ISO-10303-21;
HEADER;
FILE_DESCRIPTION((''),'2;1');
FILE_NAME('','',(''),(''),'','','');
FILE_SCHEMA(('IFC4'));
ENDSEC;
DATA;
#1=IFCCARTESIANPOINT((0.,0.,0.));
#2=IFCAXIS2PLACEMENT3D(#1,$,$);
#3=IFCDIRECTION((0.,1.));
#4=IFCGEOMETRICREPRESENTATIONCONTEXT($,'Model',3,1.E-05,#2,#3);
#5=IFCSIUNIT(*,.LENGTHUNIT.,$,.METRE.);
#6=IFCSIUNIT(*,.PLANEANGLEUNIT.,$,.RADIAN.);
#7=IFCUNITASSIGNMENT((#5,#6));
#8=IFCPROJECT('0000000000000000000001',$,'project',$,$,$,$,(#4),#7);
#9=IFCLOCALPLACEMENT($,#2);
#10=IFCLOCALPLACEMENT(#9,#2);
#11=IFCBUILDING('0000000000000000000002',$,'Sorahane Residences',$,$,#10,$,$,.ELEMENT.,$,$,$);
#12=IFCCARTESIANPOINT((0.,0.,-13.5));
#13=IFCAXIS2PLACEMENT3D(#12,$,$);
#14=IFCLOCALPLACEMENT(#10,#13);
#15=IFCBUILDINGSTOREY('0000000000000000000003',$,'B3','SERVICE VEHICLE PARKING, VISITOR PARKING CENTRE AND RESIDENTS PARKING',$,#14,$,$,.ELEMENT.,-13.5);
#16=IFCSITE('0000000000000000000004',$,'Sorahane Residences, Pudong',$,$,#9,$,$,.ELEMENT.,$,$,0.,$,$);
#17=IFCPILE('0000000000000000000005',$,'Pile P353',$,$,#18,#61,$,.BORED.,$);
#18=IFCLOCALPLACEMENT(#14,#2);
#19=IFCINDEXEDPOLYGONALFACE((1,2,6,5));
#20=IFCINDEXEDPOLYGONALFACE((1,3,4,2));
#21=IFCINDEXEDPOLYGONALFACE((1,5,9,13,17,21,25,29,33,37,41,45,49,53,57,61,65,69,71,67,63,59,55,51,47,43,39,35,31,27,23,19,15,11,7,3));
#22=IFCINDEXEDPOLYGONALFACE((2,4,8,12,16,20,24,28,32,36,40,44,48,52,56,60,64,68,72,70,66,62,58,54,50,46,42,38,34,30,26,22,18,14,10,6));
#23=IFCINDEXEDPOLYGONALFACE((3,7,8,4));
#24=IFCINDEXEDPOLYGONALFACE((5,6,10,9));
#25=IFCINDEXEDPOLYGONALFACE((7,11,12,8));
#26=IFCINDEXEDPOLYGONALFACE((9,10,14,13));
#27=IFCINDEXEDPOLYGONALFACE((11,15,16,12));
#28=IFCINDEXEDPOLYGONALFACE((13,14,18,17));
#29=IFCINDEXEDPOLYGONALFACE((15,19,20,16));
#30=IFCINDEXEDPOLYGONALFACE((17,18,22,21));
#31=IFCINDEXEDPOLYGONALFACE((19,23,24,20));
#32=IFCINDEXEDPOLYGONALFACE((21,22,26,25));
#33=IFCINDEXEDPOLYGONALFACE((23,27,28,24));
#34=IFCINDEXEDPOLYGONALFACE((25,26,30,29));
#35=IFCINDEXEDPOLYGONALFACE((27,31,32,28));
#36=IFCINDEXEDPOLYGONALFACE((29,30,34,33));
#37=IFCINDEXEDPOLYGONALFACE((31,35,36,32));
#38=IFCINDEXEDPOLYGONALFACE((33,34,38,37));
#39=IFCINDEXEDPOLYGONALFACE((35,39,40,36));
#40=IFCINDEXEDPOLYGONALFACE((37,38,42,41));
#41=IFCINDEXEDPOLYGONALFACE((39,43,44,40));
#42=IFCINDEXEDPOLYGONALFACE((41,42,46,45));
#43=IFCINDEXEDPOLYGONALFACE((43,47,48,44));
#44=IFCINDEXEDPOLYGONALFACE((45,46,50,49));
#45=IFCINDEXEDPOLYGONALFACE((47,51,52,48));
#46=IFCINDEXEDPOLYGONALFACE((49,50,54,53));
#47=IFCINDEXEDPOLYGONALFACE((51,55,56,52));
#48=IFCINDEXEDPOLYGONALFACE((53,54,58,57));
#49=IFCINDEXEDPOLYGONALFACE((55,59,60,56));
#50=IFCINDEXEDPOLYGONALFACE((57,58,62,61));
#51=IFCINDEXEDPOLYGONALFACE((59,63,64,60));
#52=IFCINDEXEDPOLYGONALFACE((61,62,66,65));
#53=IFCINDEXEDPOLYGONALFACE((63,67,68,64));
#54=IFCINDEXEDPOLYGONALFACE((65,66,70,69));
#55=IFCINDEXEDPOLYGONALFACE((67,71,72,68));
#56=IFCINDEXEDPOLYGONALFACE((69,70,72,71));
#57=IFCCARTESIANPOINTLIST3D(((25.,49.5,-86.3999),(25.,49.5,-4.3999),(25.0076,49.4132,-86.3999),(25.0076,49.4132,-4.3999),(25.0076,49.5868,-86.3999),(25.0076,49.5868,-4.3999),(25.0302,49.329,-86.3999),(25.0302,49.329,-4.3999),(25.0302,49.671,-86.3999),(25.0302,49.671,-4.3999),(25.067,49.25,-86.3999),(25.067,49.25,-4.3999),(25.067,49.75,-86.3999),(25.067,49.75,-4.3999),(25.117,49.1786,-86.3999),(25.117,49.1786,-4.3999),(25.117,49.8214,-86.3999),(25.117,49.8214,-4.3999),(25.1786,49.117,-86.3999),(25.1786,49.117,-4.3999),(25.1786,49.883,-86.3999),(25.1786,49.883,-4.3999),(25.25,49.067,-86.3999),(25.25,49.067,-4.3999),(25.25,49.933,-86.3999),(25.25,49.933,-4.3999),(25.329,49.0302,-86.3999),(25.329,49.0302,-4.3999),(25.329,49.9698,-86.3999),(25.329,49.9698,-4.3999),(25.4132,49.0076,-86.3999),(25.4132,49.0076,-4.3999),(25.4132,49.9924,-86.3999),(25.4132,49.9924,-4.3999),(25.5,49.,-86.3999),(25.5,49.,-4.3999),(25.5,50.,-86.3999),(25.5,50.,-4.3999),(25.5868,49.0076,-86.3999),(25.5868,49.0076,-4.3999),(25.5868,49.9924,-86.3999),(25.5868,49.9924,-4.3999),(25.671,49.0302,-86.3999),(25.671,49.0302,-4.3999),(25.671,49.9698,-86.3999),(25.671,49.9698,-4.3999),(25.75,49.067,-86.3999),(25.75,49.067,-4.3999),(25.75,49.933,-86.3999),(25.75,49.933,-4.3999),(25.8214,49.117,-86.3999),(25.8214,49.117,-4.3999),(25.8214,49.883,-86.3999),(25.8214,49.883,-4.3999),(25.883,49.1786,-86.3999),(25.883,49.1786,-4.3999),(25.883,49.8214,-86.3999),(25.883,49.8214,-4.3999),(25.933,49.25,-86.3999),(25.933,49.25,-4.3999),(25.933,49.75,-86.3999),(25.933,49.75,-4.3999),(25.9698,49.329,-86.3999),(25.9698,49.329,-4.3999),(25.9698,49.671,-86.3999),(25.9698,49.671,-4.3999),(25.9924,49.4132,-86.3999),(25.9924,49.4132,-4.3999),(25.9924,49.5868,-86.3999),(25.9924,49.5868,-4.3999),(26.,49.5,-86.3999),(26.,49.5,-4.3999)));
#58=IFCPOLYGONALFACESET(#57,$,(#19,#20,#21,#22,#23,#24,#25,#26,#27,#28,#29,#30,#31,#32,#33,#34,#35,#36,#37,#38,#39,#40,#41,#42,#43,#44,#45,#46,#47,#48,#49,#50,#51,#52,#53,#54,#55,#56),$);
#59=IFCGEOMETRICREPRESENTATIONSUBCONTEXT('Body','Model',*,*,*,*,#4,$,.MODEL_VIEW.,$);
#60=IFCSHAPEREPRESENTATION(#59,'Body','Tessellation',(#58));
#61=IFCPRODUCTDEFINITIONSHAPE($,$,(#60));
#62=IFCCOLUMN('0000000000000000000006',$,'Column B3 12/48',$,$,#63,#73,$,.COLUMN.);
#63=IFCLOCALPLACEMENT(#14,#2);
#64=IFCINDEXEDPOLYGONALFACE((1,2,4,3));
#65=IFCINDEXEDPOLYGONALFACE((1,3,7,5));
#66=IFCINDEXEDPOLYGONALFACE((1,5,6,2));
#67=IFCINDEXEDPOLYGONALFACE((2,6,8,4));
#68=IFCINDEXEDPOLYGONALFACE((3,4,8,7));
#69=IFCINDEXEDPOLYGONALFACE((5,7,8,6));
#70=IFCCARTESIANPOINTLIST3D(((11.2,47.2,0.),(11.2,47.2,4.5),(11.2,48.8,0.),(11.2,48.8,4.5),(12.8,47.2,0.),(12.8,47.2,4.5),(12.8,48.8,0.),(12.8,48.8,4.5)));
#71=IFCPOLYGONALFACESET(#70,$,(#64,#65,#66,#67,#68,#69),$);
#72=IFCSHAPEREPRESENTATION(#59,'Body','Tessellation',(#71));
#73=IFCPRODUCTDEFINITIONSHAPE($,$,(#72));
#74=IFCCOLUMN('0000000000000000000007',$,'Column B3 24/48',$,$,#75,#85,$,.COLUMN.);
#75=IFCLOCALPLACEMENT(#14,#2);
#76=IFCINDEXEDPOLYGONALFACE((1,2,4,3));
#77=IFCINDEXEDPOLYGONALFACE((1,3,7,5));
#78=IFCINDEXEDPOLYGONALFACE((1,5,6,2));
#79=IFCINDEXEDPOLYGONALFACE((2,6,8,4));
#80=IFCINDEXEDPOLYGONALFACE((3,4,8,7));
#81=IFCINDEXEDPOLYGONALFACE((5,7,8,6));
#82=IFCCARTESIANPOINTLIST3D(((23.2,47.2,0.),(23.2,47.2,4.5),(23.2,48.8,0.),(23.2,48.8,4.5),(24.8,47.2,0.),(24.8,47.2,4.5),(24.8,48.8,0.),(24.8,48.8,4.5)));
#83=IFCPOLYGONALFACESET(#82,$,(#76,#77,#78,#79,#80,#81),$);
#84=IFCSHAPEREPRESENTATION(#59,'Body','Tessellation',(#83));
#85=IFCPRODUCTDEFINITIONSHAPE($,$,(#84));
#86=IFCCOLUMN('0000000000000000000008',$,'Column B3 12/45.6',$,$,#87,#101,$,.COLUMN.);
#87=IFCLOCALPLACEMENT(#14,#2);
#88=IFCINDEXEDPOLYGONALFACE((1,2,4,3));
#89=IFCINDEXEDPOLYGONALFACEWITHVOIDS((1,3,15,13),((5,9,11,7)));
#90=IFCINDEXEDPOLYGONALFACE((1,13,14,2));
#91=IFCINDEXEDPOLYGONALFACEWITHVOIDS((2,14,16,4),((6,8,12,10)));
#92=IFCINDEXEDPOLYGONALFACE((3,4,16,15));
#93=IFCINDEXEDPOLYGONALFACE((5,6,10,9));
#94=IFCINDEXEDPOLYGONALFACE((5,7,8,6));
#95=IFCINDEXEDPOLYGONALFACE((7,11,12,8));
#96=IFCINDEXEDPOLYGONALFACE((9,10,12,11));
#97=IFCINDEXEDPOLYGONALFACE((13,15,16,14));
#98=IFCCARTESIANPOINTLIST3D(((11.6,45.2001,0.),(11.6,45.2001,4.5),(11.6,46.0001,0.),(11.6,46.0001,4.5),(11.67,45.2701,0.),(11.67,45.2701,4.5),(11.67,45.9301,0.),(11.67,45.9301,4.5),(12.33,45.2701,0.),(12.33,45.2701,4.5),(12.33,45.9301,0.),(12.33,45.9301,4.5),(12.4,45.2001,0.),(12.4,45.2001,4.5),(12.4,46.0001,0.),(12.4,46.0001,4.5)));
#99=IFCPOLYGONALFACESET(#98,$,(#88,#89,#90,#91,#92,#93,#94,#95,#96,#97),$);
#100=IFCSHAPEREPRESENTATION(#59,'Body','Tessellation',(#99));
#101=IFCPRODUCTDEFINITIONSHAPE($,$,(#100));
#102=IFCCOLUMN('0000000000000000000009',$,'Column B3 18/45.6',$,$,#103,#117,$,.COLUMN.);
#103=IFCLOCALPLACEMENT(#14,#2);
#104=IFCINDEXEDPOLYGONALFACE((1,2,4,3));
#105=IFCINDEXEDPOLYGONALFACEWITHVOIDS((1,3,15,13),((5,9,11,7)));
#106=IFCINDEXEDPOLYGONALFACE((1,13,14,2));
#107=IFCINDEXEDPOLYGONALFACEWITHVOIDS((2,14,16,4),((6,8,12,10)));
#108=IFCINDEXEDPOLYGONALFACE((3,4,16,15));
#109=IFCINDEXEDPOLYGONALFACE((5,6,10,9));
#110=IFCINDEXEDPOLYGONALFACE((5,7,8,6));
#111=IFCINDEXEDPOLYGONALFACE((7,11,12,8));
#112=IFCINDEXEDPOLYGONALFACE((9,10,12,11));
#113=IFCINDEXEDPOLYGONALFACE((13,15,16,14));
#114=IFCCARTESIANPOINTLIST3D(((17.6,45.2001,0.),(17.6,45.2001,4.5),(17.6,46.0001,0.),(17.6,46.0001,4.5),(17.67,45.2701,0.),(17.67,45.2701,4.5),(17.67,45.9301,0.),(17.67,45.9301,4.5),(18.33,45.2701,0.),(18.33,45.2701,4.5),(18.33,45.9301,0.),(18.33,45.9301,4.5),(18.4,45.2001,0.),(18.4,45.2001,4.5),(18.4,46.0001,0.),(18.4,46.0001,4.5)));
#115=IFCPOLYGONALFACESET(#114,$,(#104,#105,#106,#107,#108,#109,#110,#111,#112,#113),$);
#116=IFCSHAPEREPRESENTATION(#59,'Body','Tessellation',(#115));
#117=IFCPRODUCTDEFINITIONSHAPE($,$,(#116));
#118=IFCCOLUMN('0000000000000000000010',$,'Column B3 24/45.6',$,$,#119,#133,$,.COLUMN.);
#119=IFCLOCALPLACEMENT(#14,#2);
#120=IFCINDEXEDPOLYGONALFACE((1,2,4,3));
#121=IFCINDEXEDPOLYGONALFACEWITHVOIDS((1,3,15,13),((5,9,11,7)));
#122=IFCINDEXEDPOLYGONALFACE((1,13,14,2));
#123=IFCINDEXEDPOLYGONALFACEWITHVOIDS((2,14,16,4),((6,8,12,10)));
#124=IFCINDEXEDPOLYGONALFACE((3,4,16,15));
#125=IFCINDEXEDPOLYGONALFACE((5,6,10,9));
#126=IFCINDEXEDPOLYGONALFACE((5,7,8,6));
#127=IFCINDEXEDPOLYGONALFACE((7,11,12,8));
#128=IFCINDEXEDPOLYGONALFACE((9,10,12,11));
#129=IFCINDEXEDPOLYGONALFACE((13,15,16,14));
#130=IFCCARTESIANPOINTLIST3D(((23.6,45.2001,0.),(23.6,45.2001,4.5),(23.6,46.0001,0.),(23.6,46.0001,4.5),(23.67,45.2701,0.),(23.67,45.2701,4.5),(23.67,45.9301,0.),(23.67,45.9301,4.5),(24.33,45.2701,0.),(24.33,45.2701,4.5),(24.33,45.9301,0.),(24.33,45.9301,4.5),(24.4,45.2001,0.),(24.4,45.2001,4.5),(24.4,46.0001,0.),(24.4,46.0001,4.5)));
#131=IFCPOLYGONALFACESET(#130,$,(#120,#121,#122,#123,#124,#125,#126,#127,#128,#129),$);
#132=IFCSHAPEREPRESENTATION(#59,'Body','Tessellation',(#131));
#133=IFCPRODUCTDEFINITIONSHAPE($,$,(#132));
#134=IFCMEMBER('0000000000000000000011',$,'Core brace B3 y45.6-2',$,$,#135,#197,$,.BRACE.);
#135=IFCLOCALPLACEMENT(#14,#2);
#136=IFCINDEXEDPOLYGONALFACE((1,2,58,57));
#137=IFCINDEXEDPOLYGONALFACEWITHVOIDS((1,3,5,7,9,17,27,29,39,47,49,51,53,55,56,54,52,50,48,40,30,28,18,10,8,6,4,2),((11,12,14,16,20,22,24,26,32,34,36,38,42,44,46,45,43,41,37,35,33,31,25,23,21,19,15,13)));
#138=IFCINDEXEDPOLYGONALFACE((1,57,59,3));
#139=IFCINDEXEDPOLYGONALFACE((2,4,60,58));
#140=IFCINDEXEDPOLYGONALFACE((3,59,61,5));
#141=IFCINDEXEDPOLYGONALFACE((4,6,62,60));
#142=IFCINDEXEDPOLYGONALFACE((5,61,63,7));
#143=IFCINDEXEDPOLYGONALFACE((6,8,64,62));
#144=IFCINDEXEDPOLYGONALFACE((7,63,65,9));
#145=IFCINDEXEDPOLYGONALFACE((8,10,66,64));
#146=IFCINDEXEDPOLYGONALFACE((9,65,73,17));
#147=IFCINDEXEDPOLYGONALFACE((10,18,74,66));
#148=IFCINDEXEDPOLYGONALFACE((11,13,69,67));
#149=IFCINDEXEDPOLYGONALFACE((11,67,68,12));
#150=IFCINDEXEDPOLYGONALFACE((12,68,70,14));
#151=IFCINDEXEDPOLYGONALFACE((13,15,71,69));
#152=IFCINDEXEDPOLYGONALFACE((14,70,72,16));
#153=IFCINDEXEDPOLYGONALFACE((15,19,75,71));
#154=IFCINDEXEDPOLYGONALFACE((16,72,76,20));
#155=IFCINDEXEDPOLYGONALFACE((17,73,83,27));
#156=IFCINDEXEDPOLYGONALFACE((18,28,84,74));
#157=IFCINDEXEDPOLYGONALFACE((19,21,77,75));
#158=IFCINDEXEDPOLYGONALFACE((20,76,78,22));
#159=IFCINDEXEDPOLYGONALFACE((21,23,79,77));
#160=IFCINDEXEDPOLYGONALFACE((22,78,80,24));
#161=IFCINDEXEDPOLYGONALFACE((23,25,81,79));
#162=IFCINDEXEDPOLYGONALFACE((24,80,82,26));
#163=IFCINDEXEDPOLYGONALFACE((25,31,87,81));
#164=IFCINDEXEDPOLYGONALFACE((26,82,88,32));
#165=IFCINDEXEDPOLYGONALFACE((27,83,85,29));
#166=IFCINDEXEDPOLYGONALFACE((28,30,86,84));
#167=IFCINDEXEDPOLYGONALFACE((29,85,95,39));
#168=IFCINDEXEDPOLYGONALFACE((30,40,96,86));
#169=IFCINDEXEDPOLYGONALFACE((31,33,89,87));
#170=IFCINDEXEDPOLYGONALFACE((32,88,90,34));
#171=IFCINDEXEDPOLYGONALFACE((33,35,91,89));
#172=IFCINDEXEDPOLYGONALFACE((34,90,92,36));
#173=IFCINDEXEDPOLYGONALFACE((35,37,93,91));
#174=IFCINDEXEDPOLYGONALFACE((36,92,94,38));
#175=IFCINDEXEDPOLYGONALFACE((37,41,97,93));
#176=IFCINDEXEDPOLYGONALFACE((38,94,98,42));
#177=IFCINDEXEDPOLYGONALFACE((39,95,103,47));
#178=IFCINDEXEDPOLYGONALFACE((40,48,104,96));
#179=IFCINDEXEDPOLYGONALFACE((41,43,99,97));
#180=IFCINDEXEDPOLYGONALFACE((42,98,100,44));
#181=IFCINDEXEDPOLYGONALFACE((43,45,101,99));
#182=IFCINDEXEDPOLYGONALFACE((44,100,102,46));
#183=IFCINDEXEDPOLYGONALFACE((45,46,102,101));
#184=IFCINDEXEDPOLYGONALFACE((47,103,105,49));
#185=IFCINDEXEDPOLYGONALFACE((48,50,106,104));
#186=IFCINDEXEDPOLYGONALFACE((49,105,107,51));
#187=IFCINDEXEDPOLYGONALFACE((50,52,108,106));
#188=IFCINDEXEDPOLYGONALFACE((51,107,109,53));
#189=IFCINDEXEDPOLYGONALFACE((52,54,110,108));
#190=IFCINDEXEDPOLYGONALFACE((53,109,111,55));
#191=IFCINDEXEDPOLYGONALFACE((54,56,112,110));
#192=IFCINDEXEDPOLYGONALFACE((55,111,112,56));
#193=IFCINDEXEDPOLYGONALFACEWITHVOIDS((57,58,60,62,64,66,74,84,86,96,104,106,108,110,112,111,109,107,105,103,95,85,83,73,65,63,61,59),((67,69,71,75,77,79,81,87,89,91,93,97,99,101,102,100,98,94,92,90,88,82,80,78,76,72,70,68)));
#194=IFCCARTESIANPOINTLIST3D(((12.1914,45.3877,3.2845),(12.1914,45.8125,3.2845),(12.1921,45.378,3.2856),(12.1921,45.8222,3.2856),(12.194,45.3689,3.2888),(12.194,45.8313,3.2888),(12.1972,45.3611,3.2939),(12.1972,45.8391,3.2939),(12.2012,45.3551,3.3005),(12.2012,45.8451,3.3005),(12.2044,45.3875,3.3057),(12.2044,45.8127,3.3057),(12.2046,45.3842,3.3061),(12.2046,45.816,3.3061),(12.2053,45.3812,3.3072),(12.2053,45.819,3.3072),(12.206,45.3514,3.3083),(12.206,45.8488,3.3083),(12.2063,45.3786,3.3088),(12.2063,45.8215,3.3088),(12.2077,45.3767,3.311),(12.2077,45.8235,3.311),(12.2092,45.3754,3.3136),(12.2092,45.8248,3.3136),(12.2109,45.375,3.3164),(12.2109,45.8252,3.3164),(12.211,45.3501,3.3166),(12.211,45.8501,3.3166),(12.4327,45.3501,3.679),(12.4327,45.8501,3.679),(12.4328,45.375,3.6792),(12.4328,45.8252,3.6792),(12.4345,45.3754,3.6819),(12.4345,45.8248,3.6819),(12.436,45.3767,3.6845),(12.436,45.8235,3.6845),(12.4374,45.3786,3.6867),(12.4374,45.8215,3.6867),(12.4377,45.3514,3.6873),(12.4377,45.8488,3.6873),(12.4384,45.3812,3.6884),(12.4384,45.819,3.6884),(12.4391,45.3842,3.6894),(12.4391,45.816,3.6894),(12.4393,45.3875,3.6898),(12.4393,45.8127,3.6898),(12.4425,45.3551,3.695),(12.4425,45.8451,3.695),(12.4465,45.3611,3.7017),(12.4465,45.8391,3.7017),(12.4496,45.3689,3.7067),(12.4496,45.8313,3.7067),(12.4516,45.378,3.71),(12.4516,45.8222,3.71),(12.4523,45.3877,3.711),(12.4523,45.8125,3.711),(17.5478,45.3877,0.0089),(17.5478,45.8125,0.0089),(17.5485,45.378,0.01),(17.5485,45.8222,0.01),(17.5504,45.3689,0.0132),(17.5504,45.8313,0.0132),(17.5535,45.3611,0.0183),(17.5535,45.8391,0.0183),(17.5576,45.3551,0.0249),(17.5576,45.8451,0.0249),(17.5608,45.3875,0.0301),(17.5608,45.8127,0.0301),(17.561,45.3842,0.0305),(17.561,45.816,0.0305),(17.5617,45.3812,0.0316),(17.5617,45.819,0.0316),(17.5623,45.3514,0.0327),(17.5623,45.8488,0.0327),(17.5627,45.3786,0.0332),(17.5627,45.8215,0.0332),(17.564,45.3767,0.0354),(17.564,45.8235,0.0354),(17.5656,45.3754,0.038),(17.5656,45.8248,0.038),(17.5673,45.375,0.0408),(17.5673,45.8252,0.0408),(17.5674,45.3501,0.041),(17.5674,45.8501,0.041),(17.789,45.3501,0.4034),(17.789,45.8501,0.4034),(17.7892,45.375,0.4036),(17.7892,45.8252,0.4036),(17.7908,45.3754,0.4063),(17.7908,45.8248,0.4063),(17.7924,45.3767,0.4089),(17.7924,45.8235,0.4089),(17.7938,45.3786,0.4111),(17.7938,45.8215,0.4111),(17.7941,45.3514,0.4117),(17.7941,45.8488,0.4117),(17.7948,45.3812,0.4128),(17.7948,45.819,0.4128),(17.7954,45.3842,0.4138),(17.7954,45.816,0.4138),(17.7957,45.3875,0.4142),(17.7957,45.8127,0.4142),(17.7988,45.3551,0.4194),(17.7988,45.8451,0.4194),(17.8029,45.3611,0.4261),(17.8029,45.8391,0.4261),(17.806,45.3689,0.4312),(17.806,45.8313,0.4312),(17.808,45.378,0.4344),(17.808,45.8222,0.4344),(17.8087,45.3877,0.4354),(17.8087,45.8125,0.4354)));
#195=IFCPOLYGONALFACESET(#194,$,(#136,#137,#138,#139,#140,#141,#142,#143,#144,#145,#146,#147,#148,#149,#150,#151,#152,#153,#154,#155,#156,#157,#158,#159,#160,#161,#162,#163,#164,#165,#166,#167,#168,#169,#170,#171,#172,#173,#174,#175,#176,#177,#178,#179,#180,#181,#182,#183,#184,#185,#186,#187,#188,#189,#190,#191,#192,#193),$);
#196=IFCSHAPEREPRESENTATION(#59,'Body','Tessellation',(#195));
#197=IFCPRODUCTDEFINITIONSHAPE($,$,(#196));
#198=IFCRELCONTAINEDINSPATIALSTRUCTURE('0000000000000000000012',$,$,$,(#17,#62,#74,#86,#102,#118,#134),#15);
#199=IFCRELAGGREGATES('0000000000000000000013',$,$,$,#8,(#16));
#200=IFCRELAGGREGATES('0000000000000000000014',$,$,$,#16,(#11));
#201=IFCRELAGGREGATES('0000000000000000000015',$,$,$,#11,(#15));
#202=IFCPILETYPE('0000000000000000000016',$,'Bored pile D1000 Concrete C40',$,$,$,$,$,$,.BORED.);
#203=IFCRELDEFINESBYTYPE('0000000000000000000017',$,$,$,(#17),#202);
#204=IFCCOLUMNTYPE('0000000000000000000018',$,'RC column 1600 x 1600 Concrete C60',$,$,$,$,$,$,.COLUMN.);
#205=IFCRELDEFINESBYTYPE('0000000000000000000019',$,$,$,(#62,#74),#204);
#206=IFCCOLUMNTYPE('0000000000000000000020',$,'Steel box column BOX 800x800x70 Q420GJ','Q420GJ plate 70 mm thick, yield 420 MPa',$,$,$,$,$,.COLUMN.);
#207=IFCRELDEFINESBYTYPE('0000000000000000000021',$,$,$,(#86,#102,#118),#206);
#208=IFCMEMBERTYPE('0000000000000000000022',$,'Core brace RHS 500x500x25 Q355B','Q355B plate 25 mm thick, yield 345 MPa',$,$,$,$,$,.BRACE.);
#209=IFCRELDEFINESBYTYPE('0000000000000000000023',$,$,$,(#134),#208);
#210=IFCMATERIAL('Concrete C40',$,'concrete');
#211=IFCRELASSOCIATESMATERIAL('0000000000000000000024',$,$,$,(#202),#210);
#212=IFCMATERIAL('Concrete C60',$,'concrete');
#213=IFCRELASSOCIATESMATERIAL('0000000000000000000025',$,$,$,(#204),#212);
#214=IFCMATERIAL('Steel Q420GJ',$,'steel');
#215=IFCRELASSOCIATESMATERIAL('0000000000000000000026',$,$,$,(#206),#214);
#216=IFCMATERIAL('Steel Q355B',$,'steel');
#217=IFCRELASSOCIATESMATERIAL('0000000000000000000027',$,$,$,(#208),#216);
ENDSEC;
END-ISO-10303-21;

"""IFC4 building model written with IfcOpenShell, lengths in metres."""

from ifc_helpers import new_model, si_unit, direction, frame, origin, origin_2d, place, context, subcontext, project, spatial, rectangle, hollow_rectangle, circle, extrude, material, material_profile, profile_set, type_object, element, save


model = new_model("IFC4")

# Units and contexts
model_context = context("Model", 3, precision=1e-05, world=origin(), true_north=direction((0.0, 1.0)))
body_context = subcontext(model_context, "Body", "Model", "MODEL_VIEW")
ifc_project = project(units=[si_unit("LENGTHUNIT", "METRE"), si_unit("PLANEANGLEUNIT", "RADIAN")], contexts=[model_context])

# Site, building, storey
site_placement = place(None, origin())
site = spatial("IfcSite", under=ifc_project, at=site_placement, Name="Sorahane Residences, Pudong", CompositionType="ELEMENT", RefElevation=0.0)
building_placement = place(site_placement, origin())
building = spatial("IfcBuilding", under=site, at=building_placement, Name="Sorahane Residences", CompositionType="ELEMENT")
storey_placement = place(building_placement, frame((0.0, 0.0, -13.5)))
storey = spatial("IfcBuildingStorey", under=building, at=storey_placement, Name="B3", Description="SERVICE VEHICLE PARKING, VISITOR PARKING CENTRE AND RESIDENTS PARKING", CompositionType="ELEMENT", Elevation=-13.5)

# Pile
ifc_material_1 = material(Name="Concrete C40", Category="concrete")
ifc_material_profile_1 = material_profile(ifc_material_1, circle(Radius=0.5, at=origin_2d()), Name="D1000")
ifc_profile_set_1 = profile_set([ifc_material_profile_1], Name="Concrete C40")
pile_type = type_object("IfcPileType", Name="Bored pile D1000 Concrete C40", PredefinedType="BORED", material=ifc_profile_set_1)
for number, where, z_axis, x_axis, name in (
    (1, (25.5, 49.5, -4.3999), (0.0, 0.0, -1.0), (1.0, 0.0, 0.0), "Pile P353"),
):
    element("IfcPile", number, at=place(storey_placement, frame(where, z_axis=z_axis, x_axis=x_axis)), inside=storey, type_object=pile_type, Name=name, PredefinedType="BORED", context=body_context, shape_type="SweptSolid", body=[
        extrude(circle(Radius=0.5, at=origin_2d()), origin(), (0.0, 0.0, 1.0), 82.0),
    ])

# Columns
ifc_material_2 = material(Name="Concrete C60", Category="concrete")
ifc_material_profile_2 = material_profile(ifc_material_2, rectangle(XDim=1.6001, YDim=1.6001, at=origin_2d()), Name="1600x1600")
ifc_profile_set_2 = profile_set([ifc_material_profile_2], Name="Concrete C60")
column_type_1 = type_object("IfcColumnType", Name="RC column 1600 x 1600 Concrete C60", PredefinedType="COLUMN", material=ifc_profile_set_2)
for number, where, z_axis, x_axis, name in (
    (2, (12.0, 48.0, 0.0), (0.0, 0.0, 1.0), (1.0, 0.0, 0.0), "Column B3 12/48"),
    (3, (24.0, 48.0, 0.0), (0.0, 0.0, 1.0), (1.0, 0.0, 0.0), "Column B3 24/48"),
):
    element("IfcColumn", number, at=place(storey_placement, frame(where, z_axis=z_axis, x_axis=x_axis)), inside=storey, type_object=column_type_1, Name=name, PredefinedType="COLUMN", context=body_context, shape_type="SweptSolid", body=[
        extrude(rectangle(XDim=1.6001, YDim=1.6001, at=origin_2d()), origin(), (0.0, 0.0, 1.0), 4.5),
    ])
ifc_material_3 = material(Name="Steel Q420GJ", Category="steel")
ifc_material_profile_3 = material_profile(ifc_material_3, hollow_rectangle(XDim=0.8, YDim=0.8, WallThickness=0.0701, at=origin_2d()), Name="BOX 800x800x70")
ifc_profile_set_3 = profile_set([ifc_material_profile_3], Name="Steel Q420GJ")
column_type_2 = type_object("IfcColumnType", Name="Steel box column BOX 800x800x70 Q420GJ", Description="Q420GJ plate 70 mm thick, yield 420 MPa", PredefinedType="COLUMN", material=ifc_profile_set_3)
for number, where, z_axis, x_axis, name in (
    (4, (12.0, 45.6001, 0.0), (0.0, 0.0, 1.0), (1.0, 0.0, 0.0), "Column B3 12/45.6"),
    (5, (18.0, 45.6001, 0.0), (0.0, 0.0, 1.0), (1.0, 0.0, 0.0), "Column B3 18/45.6"),
    (6, (24.0, 45.6001, 0.0), (0.0, 0.0, 1.0), (1.0, 0.0, 0.0), "Column B3 24/45.6"),
):
    element("IfcColumn", number, at=place(storey_placement, frame(where, z_axis=z_axis, x_axis=x_axis)), inside=storey, type_object=column_type_2, Name=name, PredefinedType="COLUMN", context=body_context, shape_type="SweptSolid", body=[
        extrude(hollow_rectangle(XDim=0.8, YDim=0.8, WallThickness=0.0701, at=origin_2d()), origin(), (0.0, 0.0, 1.0), 4.5),
    ])

# Member
ifc_material_4 = material(Name="Steel Q355B", Category="steel")
ifc_material_profile_4 = material_profile(ifc_material_4, hollow_rectangle(XDim=0.5, YDim=0.5, WallThickness=0.0249, InnerFilletRadius=0.0125, OuterFilletRadius=0.0376, at=origin_2d()), Name="RHS 500x500x25")
ifc_profile_set_4 = profile_set([ifc_material_profile_4], Name="Steel Q355B")
member_type = type_object("IfcMemberType", Name="Core brace RHS 500x500x25 Q355B", Description="Q355B plate 25 mm thick, yield 345 MPa", PredefinedType="BRACE", material=ifc_profile_set_4)
member_placement = place(storey_placement, frame((17.6782, 45.6001, 0.2222), z_axis=(-0.853122, 0.0, 0.521711), x_axis=(0.0, -1.0, 0.0)))
element("IfcMember", 7, at=member_placement, inside=storey, type_object=member_type, Name="Core brace B3 y45.6-2", PredefinedType="BRACE", context=body_context, shape_type="SweptSolid", body=[
    extrude(hollow_rectangle(XDim=0.5, YDim=0.5, WallThickness=0.0249, InnerFilletRadius=0.0125, OuterFilletRadius=0.0376, at=origin_2d()), origin(), (0.0, 0.0, 1.0), 6.2786),
])

save(model, "model.ifc")
